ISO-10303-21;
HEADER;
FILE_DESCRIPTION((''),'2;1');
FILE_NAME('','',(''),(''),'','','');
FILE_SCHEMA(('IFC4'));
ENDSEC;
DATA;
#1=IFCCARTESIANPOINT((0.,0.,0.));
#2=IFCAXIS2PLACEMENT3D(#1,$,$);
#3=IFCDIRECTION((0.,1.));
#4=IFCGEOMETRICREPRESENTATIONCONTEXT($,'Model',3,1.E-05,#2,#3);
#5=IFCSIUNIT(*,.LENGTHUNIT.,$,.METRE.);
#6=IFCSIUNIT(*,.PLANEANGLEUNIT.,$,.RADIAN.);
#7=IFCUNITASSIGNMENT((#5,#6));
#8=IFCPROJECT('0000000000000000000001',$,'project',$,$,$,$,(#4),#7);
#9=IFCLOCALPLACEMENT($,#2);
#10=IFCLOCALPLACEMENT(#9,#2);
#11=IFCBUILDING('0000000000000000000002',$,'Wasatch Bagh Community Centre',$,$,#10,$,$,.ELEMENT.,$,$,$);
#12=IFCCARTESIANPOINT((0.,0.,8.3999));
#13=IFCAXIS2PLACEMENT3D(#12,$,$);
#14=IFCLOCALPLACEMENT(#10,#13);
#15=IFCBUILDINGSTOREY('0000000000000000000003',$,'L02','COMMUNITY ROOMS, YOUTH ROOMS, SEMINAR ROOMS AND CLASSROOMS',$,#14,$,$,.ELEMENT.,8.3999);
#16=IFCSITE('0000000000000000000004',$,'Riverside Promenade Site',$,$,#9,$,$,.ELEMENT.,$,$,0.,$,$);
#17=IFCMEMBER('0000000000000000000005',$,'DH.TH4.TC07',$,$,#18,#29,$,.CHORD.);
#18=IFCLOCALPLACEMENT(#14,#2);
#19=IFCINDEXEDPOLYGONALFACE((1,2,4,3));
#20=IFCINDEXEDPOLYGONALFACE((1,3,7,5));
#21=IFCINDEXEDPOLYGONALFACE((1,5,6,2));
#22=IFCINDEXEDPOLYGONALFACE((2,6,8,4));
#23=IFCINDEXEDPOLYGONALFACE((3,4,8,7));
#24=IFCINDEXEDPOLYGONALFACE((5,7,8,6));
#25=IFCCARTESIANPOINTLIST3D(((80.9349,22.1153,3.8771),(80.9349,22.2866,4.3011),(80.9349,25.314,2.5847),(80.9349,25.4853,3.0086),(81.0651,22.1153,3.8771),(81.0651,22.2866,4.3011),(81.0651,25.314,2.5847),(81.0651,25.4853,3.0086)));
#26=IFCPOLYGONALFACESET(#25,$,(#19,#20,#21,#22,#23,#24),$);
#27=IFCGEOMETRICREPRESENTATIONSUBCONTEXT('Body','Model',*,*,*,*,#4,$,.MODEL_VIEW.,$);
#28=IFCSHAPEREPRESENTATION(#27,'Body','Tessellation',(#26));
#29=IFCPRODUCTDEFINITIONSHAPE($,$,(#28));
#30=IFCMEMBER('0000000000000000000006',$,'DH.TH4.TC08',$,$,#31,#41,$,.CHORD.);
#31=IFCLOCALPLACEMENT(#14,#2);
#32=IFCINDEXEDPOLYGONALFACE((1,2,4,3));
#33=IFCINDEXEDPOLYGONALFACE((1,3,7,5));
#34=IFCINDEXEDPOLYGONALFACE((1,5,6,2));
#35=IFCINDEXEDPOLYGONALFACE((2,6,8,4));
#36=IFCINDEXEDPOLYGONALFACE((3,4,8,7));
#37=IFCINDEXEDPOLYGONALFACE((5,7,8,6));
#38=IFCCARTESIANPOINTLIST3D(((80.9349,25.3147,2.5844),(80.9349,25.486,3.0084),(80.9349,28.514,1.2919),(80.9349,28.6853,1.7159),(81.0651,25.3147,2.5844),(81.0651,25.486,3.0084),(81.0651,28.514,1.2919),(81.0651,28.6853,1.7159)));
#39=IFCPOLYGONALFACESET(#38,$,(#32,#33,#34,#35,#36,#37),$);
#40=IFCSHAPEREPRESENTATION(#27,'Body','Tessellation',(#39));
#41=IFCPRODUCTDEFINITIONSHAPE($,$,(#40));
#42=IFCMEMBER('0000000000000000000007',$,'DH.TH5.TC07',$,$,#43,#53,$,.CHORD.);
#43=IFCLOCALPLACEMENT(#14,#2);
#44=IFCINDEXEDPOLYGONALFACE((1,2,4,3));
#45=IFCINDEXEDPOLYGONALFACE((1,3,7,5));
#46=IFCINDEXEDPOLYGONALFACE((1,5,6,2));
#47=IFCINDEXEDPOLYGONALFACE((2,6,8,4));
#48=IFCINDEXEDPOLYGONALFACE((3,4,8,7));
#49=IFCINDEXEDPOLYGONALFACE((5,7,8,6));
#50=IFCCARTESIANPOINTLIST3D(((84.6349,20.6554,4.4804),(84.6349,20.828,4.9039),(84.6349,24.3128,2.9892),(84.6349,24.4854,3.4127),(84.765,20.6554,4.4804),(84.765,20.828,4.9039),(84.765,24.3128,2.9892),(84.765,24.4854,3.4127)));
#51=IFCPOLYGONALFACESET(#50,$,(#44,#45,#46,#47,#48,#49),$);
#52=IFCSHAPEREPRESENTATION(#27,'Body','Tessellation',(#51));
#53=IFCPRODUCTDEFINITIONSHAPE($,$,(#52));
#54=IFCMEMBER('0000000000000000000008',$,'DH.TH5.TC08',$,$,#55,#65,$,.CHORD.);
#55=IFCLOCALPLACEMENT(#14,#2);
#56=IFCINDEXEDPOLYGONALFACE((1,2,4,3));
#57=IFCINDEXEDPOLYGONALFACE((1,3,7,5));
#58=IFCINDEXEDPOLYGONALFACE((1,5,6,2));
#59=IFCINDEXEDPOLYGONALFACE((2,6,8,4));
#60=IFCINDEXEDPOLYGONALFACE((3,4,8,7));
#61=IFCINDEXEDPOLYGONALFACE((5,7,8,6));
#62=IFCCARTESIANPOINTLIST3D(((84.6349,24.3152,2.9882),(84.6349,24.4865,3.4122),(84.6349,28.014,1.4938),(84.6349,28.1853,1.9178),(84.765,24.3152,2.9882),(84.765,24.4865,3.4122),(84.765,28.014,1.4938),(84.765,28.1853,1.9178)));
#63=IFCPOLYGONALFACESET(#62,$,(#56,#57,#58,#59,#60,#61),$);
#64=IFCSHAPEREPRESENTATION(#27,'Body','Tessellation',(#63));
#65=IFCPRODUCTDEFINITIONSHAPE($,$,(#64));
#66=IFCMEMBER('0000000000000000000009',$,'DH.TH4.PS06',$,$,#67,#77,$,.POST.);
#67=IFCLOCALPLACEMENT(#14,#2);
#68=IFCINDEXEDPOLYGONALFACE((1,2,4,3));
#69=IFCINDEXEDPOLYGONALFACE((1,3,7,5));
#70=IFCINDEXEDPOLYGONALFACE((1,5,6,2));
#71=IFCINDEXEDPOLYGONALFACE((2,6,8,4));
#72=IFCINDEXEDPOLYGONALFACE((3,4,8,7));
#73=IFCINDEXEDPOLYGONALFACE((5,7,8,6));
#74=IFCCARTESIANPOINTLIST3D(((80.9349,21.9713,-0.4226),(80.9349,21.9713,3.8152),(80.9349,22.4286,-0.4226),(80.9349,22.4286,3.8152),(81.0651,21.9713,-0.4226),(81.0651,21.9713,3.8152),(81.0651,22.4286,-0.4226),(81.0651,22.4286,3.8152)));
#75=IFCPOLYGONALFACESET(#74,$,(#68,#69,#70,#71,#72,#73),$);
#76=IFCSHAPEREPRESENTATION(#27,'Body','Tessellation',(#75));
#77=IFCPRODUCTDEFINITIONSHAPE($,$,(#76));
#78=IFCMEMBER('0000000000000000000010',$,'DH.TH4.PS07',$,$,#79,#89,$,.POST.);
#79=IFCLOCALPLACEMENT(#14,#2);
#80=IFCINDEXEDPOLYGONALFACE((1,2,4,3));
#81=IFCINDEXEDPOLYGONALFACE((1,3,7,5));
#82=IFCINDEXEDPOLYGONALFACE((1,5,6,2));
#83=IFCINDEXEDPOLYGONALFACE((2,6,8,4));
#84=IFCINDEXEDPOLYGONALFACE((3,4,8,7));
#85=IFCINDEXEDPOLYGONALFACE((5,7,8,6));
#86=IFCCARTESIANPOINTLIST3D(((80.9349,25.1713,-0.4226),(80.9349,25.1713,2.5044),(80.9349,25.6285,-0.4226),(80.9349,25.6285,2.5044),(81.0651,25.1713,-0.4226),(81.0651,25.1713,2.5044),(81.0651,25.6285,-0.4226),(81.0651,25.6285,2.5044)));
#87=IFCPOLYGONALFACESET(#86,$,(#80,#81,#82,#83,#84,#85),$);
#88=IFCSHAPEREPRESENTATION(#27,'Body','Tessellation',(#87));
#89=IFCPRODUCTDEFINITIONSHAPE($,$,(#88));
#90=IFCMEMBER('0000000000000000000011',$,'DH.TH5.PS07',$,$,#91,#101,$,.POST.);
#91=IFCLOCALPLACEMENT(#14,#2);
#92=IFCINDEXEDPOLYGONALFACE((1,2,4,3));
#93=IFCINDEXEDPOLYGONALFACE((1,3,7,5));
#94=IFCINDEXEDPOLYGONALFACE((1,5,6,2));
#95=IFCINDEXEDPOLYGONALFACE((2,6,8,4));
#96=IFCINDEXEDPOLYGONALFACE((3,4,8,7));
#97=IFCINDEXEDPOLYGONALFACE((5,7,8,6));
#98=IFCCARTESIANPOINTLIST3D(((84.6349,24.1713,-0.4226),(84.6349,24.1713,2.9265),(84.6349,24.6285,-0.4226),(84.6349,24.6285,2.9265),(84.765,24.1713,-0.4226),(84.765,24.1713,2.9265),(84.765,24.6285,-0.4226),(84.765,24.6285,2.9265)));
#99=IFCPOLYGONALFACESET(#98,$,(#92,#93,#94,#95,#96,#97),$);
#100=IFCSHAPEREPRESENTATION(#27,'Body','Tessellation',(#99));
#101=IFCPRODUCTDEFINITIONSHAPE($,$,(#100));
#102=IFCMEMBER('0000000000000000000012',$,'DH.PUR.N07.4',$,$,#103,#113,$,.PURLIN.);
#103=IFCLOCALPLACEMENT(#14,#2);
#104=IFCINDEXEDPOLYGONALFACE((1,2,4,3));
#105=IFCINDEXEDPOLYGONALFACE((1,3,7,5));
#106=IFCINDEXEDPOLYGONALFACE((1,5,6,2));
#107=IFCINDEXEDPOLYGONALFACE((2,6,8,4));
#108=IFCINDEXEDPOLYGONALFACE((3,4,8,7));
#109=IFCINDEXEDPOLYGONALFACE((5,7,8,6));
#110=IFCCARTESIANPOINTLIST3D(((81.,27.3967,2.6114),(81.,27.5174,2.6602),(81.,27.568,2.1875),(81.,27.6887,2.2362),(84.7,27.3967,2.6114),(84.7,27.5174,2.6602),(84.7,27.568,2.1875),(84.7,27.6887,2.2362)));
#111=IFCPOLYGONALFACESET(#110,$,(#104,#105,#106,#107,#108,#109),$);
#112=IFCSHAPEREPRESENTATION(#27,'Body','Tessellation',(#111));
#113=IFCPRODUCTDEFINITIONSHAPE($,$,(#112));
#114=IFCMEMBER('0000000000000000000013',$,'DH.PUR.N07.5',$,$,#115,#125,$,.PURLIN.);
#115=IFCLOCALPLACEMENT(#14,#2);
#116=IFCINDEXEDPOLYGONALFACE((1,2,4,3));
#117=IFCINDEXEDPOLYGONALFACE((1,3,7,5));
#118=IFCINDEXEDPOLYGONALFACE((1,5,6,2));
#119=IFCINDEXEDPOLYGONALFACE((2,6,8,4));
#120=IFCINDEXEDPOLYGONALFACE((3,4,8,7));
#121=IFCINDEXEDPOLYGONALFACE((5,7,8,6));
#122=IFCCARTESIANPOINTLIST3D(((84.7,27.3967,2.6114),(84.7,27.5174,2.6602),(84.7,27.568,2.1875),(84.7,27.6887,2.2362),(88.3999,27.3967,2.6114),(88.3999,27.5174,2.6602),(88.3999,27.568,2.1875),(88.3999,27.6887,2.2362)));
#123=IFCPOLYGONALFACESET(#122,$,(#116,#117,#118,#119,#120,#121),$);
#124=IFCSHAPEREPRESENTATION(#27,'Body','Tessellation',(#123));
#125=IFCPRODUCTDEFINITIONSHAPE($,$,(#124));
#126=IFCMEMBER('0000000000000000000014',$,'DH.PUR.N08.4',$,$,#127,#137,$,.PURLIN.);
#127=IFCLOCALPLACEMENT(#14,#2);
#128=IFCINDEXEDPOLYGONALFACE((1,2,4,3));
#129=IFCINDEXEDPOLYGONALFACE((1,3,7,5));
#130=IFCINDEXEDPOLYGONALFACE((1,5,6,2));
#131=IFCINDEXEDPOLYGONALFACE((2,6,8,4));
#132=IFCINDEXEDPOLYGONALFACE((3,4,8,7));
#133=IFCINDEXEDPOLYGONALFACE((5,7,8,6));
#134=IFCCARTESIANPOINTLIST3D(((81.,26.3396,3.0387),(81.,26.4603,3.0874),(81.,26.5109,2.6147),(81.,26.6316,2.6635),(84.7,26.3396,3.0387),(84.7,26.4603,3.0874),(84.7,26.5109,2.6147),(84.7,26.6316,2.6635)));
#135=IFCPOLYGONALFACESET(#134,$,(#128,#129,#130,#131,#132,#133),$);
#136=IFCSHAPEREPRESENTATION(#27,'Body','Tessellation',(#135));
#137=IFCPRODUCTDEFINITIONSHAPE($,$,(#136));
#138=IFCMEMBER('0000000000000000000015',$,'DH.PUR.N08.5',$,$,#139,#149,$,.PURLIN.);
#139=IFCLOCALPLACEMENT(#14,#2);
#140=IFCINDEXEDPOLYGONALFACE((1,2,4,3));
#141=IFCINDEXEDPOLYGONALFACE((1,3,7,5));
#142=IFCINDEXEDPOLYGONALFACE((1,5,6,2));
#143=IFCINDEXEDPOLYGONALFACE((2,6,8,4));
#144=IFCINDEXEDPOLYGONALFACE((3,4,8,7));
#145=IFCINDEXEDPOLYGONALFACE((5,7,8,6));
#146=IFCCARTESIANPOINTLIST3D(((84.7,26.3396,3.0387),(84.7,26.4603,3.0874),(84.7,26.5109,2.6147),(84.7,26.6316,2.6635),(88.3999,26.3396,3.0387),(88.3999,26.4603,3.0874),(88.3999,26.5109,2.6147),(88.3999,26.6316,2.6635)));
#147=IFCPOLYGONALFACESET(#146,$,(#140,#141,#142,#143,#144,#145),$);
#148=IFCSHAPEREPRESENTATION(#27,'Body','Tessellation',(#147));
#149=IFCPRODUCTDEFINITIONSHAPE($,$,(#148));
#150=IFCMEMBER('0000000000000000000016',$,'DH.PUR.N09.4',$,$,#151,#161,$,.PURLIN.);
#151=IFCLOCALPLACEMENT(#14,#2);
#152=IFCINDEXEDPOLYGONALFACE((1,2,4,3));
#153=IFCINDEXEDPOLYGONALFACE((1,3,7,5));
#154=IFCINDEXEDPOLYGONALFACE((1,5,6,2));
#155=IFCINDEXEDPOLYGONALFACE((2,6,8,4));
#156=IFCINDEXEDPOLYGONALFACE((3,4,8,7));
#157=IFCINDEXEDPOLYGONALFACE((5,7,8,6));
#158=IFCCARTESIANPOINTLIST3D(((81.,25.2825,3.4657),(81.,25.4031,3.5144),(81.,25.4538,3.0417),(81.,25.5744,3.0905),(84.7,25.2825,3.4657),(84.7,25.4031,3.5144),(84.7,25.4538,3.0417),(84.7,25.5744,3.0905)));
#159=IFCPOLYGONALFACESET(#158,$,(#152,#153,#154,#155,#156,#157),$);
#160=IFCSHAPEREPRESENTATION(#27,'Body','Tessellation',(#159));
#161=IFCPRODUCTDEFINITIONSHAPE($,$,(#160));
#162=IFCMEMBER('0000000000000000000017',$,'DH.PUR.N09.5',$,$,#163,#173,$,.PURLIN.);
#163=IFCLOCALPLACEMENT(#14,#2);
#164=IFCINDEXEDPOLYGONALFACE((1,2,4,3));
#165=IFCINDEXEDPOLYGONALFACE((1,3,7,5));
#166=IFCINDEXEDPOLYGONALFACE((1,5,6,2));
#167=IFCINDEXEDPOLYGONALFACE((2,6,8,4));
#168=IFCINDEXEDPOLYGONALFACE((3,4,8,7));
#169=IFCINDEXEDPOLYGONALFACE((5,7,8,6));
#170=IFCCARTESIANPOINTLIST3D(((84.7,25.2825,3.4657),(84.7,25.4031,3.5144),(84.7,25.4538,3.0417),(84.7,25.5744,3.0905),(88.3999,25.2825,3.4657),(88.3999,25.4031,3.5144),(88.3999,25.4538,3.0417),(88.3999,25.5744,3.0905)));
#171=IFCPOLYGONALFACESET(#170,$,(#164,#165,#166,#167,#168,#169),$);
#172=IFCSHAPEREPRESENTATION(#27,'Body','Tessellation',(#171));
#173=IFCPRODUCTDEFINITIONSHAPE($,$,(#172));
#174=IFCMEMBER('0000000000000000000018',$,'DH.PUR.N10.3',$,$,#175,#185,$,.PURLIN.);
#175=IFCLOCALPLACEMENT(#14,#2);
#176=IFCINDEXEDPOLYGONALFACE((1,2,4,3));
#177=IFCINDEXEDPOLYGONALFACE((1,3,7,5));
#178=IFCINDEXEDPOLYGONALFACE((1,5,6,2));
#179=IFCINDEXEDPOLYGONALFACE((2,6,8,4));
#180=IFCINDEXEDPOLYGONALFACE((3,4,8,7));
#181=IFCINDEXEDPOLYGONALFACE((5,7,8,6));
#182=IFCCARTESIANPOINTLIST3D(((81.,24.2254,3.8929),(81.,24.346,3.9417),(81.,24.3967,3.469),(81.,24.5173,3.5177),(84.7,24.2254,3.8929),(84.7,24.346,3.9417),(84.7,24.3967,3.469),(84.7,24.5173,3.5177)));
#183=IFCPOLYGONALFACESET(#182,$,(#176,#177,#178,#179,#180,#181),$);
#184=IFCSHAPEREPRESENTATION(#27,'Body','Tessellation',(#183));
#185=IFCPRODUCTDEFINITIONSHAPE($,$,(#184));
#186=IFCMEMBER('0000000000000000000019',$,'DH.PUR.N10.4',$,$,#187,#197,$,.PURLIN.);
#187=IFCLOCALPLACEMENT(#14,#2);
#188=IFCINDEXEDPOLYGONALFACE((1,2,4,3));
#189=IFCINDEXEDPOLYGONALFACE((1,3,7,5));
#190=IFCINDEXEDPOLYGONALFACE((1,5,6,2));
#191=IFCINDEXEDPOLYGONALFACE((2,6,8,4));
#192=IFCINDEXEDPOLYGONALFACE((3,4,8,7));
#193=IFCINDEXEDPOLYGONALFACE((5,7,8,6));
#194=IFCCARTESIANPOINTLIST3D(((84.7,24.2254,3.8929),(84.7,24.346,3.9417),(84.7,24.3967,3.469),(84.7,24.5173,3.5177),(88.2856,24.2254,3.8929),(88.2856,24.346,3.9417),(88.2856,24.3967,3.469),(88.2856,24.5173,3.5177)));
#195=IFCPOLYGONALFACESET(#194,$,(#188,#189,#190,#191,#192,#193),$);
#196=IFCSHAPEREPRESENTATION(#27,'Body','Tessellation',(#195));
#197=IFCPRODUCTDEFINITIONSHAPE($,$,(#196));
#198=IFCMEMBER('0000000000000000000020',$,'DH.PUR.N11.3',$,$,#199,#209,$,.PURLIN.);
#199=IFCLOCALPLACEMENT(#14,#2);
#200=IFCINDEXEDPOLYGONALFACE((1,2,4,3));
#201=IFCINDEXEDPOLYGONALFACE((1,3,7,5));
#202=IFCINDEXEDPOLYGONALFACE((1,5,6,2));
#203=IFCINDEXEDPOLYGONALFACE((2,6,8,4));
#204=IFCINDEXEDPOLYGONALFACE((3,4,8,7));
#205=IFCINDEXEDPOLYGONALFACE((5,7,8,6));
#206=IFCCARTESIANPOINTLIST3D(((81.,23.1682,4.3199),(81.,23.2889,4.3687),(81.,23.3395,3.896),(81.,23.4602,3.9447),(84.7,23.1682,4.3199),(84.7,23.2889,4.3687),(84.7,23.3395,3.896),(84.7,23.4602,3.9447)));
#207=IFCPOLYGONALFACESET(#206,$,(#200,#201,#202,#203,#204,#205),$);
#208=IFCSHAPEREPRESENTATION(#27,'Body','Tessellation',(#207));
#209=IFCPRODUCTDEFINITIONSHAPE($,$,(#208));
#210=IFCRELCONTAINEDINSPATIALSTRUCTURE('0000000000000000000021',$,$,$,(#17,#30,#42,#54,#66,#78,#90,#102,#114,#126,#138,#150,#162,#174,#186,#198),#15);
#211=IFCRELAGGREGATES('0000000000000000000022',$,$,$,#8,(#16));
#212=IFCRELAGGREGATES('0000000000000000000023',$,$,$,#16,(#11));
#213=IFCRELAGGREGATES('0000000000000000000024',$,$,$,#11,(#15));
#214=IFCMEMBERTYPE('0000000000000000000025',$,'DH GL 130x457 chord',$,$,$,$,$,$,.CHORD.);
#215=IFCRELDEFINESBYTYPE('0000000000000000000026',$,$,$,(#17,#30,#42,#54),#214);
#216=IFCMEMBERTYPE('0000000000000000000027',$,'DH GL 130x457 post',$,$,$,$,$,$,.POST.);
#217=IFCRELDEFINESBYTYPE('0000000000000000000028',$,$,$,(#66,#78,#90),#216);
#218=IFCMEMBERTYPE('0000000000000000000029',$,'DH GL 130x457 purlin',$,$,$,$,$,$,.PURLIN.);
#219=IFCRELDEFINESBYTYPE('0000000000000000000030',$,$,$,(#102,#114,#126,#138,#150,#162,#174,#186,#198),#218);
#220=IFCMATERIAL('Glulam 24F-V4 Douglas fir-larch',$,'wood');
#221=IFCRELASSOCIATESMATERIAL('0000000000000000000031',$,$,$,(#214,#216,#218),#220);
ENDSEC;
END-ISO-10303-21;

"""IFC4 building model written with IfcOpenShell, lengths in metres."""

from ifc_helpers import new_model, si_unit, direction, frame, origin, origin_2d, place, context, subcontext, project, spatial, rectangle, extrude, material, material_profile, profile_set, type_object, element, save


model = new_model("IFC4")

# Units and contexts
model_context = context("Model", 3, precision=1e-05, world=origin(), true_north=direction((0.0, 1.0)))
body_context = subcontext(model_context, "Body", "Model", "MODEL_VIEW")
ifc_project = project(units=[si_unit("LENGTHUNIT", "METRE"), si_unit("PLANEANGLEUNIT", "RADIAN")], contexts=[model_context])

# Site, building, storey
site_placement = place(None, origin())
site = spatial("IfcSite", under=ifc_project, at=site_placement, Name="Riverside Promenade Site", CompositionType="ELEMENT", RefElevation=0.0)
building_placement = place(site_placement, origin())
building = spatial("IfcBuilding", under=site, at=building_placement, Name="Wasatch Bagh Community Centre", CompositionType="ELEMENT")
storey_placement = place(building_placement, frame((0.0, 0.0, 8.3999)))
storey = spatial("IfcBuildingStorey", under=building, at=storey_placement, Name="L02", Description="COMMUNITY ROOMS, YOUTH ROOMS, SEMINAR ROOMS AND CLASSROOMS", CompositionType="ELEMENT", Elevation=8.3999)

# Members
ifc_material_1 = material(Name="Glulam 24F-V4 Douglas fir-larch", Category="wood")
ifc_material_profile_1 = material_profile(ifc_material_1, rectangle(XDim=0.1301, YDim=0.4573, at=origin_2d()), Name="GL 130x457")
ifc_profile_set_1 = profile_set([ifc_material_profile_1], Name="Glulam 24F-V4 Douglas fir-larch")
member_type_1 = type_object("IfcMemberType", Name="DH GL 130x457 chord", PredefinedType="CHORD", material=ifc_profile_set_1)
member_1_placement = place(storey_placement, frame((81.0, 22.2009, 4.0891), z_axis=(0.0, 0.927173, -0.374634), x_axis=(-1.0, 0.0, 0.0)))
element("IfcMember", 1, at=member_1_placement, inside=storey, type_object=member_type_1, Name="DH.TH4.TC07", PredefinedType="CHORD", context=body_context, shape_type="SweptSolid", body=[
    extrude(rectangle(XDim=0.1301, YDim=0.4573, at=origin_2d()), origin(), (0.0, 0.0, 1.0), 3.45),
])
member_2_placement = place(storey_placement, frame((81.0, 25.4004, 2.7964), z_axis=(0.0, 0.927193, -0.374585), x_axis=(-1.0, 0.0, 0.0)))
element("IfcMember", 2, at=member_2_placement, inside=storey, type_object=member_type_1, Name="DH.TH4.TC08", PredefinedType="CHORD", context=body_context, shape_type="SweptSolid", body=[
    extrude(rectangle(XDim=0.1301, YDim=0.4573, at=origin_2d()), origin(), (0.0, 0.0, 1.0), 3.4504),
])
member_3_placement = place(storey_placement, frame((84.7, 20.7417, 4.6921), z_axis=(0.0, 0.925992, -0.377542), x_axis=(-1.0, 0.0, 0.0)))
element("IfcMember", 3, at=member_3_placement, inside=storey, type_object=member_type_1, Name="DH.TH5.TC07", PredefinedType="CHORD", context=body_context, shape_type="SweptSolid", body=[
    extrude(rectangle(XDim=0.1301, YDim=0.4573, at=origin_2d()), origin(), (0.0, 0.0, 1.0), 3.9497),
])
member_4_placement = place(storey_placement, frame((84.7, 24.4009, 3.2002), z_axis=(0.0, 0.927184, -0.374607), x_axis=(-1.0, 0.0, 0.0)))
element("IfcMember", 4, at=member_4_placement, inside=storey, type_object=member_type_1, Name="DH.TH5.TC08", PredefinedType="CHORD", context=body_context, shape_type="SweptSolid", body=[
    extrude(rectangle(XDim=0.1301, YDim=0.4573, at=origin_2d()), origin(), (0.0, 0.0, 1.0), 3.9893),
])
ifc_material_profile_2 = material_profile(ifc_material_1, rectangle(XDim=0.1301, YDim=0.4573, at=origin_2d()), Name="GL 130x457")
ifc_profile_set_2 = profile_set([ifc_material_profile_2], Name="Glulam 24F-V4 Douglas fir-larch")
member_type_2 = type_object("IfcMemberType", Name="DH GL 130x457 post", PredefinedType="POST", material=ifc_profile_set_2)
member_5_placement = place(storey_placement, frame((81.0, 22.2, -0.4226), z_axis=(0.0, 0.0, 1.0), x_axis=(1.0, 0.0, 0.0)))
element("IfcMember", 5, at=member_5_placement, inside=storey, type_object=member_type_2, Name="DH.TH4.PS06", PredefinedType="POST", context=body_context, shape_type="SweptSolid", body=[
    extrude(rectangle(XDim=0.1301, YDim=0.4573, at=origin_2d()), origin(), (0.0, 0.0, 1.0), 4.2378),
])
member_6_placement = place(storey_placement, frame((81.0, 25.3999, -0.4226), z_axis=(0.0, 0.0, 1.0), x_axis=(1.0, 0.0, 0.0)))
element("IfcMember", 6, at=member_6_placement, inside=storey, type_object=member_type_2, Name="DH.TH4.PS07", PredefinedType="POST", context=body_context, shape_type="SweptSolid", body=[
    extrude(rectangle(XDim=0.1301, YDim=0.4573, at=origin_2d()), origin(), (0.0, 0.0, 1.0), 2.927),
])
member_7_placement = place(storey_placement, frame((84.7, 24.3999, -0.4226), z_axis=(0.0, 0.0, 1.0), x_axis=(1.0, 0.0, 0.0)))
element("IfcMember", 7, at=member_7_placement, inside=storey, type_object=member_type_2, Name="DH.TH5.PS07", PredefinedType="POST", context=body_context, shape_type="SweptSolid", body=[
    extrude(rectangle(XDim=0.1301, YDim=0.4573, at=origin_2d()), origin(), (0.0, 0.0, 1.0), 3.3491),
])
ifc_material_profile_3 = material_profile(ifc_material_1, rectangle(XDim=0.1301, YDim=0.4573, at=origin_2d()), Name="GL 130x457")
ifc_profile_set_3 = profile_set([ifc_material_profile_3], Name="Glulam 24F-V4 Douglas fir-larch")
member_type_3 = type_object("IfcMemberType", Name="DH GL 130x457 purlin", PredefinedType="PURLIN", material=ifc_profile_set_3)
for number, where, z_axis, x_axis, name in (
    (8, (81.0, 27.5427, 2.4238), (1.0, 0.0, 0.0), (0.0, 0.927184, 0.374607), "DH.PUR.N07.4"),
    (9, (84.7, 27.5427, 2.4238), (1.0, 0.0, 0.0), (0.0, 0.927184, 0.374607), "DH.PUR.N07.5"),
    (10, (81.0, 26.4856, 2.8511), (1.0, 0.0, 0.0), (0.0, 0.927184, 0.374607), "DH.PUR.N08.4"),
    (11, (84.7, 26.4856, 2.8511), (1.0, 0.0, 0.0), (0.0, 0.927184, 0.374607), "DH.PUR.N08.5"),
    (12, (81.0, 25.4285, 3.2781), (1.0, 0.0, 0.0), (0.0, 0.927184, 0.374607), "DH.PUR.N09.4"),
    (13, (84.7, 25.4285, 3.2781), (1.0, 0.0, 0.0), (0.0, 0.927184, 0.374607), "DH.PUR.N09.5"),
    (14, (81.0, 24.3713, 3.7053), (1.0, 0.0, 0.0), (0.0, 0.927184, 0.374607), "DH.PUR.N10.3"),
):
    element("IfcMember", number, at=place(storey_placement, frame(where, z_axis=z_axis, x_axis=x_axis)), inside=storey, type_object=member_type_3, Name=name, PredefinedType="PURLIN", context=body_context, shape_type="SweptSolid", body=[
        extrude(rectangle(XDim=0.1301, YDim=0.4573, at=origin_2d()), origin(), (0.0, 0.0, 1.0), 3.7),
    ])
member_8_placement = place(storey_placement, frame((84.7, 24.3713, 3.7053), z_axis=(1.0, 0.0, 0.0), x_axis=(0.0, 0.927184, 0.374607)))
element("IfcMember", 15, at=member_8_placement, inside=storey, type_object=member_type_3, Name="DH.PUR.N10.4", PredefinedType="PURLIN", context=body_context, shape_type="SweptSolid", body=[
    extrude(rectangle(XDim=0.1301, YDim=0.4573, at=origin_2d()), origin(), (0.0, 0.0, 1.0), 3.5857),
])
member_9_placement = place(storey_placement, frame((81.0, 23.3142, 4.1323), z_axis=(1.0, 0.0, 0.0), x_axis=(0.0, 0.927184, 0.374607)))
element("IfcMember", 16, at=member_9_placement, inside=storey, type_object=member_type_3, Name="DH.PUR.N11.3", PredefinedType="PURLIN", context=body_context, shape_type="SweptSolid", body=[
    extrude(rectangle(XDim=0.1301, YDim=0.4573, at=origin_2d()), origin(), (0.0, 0.0, 1.0), 3.7),
])

save(model, "model.ifc")
